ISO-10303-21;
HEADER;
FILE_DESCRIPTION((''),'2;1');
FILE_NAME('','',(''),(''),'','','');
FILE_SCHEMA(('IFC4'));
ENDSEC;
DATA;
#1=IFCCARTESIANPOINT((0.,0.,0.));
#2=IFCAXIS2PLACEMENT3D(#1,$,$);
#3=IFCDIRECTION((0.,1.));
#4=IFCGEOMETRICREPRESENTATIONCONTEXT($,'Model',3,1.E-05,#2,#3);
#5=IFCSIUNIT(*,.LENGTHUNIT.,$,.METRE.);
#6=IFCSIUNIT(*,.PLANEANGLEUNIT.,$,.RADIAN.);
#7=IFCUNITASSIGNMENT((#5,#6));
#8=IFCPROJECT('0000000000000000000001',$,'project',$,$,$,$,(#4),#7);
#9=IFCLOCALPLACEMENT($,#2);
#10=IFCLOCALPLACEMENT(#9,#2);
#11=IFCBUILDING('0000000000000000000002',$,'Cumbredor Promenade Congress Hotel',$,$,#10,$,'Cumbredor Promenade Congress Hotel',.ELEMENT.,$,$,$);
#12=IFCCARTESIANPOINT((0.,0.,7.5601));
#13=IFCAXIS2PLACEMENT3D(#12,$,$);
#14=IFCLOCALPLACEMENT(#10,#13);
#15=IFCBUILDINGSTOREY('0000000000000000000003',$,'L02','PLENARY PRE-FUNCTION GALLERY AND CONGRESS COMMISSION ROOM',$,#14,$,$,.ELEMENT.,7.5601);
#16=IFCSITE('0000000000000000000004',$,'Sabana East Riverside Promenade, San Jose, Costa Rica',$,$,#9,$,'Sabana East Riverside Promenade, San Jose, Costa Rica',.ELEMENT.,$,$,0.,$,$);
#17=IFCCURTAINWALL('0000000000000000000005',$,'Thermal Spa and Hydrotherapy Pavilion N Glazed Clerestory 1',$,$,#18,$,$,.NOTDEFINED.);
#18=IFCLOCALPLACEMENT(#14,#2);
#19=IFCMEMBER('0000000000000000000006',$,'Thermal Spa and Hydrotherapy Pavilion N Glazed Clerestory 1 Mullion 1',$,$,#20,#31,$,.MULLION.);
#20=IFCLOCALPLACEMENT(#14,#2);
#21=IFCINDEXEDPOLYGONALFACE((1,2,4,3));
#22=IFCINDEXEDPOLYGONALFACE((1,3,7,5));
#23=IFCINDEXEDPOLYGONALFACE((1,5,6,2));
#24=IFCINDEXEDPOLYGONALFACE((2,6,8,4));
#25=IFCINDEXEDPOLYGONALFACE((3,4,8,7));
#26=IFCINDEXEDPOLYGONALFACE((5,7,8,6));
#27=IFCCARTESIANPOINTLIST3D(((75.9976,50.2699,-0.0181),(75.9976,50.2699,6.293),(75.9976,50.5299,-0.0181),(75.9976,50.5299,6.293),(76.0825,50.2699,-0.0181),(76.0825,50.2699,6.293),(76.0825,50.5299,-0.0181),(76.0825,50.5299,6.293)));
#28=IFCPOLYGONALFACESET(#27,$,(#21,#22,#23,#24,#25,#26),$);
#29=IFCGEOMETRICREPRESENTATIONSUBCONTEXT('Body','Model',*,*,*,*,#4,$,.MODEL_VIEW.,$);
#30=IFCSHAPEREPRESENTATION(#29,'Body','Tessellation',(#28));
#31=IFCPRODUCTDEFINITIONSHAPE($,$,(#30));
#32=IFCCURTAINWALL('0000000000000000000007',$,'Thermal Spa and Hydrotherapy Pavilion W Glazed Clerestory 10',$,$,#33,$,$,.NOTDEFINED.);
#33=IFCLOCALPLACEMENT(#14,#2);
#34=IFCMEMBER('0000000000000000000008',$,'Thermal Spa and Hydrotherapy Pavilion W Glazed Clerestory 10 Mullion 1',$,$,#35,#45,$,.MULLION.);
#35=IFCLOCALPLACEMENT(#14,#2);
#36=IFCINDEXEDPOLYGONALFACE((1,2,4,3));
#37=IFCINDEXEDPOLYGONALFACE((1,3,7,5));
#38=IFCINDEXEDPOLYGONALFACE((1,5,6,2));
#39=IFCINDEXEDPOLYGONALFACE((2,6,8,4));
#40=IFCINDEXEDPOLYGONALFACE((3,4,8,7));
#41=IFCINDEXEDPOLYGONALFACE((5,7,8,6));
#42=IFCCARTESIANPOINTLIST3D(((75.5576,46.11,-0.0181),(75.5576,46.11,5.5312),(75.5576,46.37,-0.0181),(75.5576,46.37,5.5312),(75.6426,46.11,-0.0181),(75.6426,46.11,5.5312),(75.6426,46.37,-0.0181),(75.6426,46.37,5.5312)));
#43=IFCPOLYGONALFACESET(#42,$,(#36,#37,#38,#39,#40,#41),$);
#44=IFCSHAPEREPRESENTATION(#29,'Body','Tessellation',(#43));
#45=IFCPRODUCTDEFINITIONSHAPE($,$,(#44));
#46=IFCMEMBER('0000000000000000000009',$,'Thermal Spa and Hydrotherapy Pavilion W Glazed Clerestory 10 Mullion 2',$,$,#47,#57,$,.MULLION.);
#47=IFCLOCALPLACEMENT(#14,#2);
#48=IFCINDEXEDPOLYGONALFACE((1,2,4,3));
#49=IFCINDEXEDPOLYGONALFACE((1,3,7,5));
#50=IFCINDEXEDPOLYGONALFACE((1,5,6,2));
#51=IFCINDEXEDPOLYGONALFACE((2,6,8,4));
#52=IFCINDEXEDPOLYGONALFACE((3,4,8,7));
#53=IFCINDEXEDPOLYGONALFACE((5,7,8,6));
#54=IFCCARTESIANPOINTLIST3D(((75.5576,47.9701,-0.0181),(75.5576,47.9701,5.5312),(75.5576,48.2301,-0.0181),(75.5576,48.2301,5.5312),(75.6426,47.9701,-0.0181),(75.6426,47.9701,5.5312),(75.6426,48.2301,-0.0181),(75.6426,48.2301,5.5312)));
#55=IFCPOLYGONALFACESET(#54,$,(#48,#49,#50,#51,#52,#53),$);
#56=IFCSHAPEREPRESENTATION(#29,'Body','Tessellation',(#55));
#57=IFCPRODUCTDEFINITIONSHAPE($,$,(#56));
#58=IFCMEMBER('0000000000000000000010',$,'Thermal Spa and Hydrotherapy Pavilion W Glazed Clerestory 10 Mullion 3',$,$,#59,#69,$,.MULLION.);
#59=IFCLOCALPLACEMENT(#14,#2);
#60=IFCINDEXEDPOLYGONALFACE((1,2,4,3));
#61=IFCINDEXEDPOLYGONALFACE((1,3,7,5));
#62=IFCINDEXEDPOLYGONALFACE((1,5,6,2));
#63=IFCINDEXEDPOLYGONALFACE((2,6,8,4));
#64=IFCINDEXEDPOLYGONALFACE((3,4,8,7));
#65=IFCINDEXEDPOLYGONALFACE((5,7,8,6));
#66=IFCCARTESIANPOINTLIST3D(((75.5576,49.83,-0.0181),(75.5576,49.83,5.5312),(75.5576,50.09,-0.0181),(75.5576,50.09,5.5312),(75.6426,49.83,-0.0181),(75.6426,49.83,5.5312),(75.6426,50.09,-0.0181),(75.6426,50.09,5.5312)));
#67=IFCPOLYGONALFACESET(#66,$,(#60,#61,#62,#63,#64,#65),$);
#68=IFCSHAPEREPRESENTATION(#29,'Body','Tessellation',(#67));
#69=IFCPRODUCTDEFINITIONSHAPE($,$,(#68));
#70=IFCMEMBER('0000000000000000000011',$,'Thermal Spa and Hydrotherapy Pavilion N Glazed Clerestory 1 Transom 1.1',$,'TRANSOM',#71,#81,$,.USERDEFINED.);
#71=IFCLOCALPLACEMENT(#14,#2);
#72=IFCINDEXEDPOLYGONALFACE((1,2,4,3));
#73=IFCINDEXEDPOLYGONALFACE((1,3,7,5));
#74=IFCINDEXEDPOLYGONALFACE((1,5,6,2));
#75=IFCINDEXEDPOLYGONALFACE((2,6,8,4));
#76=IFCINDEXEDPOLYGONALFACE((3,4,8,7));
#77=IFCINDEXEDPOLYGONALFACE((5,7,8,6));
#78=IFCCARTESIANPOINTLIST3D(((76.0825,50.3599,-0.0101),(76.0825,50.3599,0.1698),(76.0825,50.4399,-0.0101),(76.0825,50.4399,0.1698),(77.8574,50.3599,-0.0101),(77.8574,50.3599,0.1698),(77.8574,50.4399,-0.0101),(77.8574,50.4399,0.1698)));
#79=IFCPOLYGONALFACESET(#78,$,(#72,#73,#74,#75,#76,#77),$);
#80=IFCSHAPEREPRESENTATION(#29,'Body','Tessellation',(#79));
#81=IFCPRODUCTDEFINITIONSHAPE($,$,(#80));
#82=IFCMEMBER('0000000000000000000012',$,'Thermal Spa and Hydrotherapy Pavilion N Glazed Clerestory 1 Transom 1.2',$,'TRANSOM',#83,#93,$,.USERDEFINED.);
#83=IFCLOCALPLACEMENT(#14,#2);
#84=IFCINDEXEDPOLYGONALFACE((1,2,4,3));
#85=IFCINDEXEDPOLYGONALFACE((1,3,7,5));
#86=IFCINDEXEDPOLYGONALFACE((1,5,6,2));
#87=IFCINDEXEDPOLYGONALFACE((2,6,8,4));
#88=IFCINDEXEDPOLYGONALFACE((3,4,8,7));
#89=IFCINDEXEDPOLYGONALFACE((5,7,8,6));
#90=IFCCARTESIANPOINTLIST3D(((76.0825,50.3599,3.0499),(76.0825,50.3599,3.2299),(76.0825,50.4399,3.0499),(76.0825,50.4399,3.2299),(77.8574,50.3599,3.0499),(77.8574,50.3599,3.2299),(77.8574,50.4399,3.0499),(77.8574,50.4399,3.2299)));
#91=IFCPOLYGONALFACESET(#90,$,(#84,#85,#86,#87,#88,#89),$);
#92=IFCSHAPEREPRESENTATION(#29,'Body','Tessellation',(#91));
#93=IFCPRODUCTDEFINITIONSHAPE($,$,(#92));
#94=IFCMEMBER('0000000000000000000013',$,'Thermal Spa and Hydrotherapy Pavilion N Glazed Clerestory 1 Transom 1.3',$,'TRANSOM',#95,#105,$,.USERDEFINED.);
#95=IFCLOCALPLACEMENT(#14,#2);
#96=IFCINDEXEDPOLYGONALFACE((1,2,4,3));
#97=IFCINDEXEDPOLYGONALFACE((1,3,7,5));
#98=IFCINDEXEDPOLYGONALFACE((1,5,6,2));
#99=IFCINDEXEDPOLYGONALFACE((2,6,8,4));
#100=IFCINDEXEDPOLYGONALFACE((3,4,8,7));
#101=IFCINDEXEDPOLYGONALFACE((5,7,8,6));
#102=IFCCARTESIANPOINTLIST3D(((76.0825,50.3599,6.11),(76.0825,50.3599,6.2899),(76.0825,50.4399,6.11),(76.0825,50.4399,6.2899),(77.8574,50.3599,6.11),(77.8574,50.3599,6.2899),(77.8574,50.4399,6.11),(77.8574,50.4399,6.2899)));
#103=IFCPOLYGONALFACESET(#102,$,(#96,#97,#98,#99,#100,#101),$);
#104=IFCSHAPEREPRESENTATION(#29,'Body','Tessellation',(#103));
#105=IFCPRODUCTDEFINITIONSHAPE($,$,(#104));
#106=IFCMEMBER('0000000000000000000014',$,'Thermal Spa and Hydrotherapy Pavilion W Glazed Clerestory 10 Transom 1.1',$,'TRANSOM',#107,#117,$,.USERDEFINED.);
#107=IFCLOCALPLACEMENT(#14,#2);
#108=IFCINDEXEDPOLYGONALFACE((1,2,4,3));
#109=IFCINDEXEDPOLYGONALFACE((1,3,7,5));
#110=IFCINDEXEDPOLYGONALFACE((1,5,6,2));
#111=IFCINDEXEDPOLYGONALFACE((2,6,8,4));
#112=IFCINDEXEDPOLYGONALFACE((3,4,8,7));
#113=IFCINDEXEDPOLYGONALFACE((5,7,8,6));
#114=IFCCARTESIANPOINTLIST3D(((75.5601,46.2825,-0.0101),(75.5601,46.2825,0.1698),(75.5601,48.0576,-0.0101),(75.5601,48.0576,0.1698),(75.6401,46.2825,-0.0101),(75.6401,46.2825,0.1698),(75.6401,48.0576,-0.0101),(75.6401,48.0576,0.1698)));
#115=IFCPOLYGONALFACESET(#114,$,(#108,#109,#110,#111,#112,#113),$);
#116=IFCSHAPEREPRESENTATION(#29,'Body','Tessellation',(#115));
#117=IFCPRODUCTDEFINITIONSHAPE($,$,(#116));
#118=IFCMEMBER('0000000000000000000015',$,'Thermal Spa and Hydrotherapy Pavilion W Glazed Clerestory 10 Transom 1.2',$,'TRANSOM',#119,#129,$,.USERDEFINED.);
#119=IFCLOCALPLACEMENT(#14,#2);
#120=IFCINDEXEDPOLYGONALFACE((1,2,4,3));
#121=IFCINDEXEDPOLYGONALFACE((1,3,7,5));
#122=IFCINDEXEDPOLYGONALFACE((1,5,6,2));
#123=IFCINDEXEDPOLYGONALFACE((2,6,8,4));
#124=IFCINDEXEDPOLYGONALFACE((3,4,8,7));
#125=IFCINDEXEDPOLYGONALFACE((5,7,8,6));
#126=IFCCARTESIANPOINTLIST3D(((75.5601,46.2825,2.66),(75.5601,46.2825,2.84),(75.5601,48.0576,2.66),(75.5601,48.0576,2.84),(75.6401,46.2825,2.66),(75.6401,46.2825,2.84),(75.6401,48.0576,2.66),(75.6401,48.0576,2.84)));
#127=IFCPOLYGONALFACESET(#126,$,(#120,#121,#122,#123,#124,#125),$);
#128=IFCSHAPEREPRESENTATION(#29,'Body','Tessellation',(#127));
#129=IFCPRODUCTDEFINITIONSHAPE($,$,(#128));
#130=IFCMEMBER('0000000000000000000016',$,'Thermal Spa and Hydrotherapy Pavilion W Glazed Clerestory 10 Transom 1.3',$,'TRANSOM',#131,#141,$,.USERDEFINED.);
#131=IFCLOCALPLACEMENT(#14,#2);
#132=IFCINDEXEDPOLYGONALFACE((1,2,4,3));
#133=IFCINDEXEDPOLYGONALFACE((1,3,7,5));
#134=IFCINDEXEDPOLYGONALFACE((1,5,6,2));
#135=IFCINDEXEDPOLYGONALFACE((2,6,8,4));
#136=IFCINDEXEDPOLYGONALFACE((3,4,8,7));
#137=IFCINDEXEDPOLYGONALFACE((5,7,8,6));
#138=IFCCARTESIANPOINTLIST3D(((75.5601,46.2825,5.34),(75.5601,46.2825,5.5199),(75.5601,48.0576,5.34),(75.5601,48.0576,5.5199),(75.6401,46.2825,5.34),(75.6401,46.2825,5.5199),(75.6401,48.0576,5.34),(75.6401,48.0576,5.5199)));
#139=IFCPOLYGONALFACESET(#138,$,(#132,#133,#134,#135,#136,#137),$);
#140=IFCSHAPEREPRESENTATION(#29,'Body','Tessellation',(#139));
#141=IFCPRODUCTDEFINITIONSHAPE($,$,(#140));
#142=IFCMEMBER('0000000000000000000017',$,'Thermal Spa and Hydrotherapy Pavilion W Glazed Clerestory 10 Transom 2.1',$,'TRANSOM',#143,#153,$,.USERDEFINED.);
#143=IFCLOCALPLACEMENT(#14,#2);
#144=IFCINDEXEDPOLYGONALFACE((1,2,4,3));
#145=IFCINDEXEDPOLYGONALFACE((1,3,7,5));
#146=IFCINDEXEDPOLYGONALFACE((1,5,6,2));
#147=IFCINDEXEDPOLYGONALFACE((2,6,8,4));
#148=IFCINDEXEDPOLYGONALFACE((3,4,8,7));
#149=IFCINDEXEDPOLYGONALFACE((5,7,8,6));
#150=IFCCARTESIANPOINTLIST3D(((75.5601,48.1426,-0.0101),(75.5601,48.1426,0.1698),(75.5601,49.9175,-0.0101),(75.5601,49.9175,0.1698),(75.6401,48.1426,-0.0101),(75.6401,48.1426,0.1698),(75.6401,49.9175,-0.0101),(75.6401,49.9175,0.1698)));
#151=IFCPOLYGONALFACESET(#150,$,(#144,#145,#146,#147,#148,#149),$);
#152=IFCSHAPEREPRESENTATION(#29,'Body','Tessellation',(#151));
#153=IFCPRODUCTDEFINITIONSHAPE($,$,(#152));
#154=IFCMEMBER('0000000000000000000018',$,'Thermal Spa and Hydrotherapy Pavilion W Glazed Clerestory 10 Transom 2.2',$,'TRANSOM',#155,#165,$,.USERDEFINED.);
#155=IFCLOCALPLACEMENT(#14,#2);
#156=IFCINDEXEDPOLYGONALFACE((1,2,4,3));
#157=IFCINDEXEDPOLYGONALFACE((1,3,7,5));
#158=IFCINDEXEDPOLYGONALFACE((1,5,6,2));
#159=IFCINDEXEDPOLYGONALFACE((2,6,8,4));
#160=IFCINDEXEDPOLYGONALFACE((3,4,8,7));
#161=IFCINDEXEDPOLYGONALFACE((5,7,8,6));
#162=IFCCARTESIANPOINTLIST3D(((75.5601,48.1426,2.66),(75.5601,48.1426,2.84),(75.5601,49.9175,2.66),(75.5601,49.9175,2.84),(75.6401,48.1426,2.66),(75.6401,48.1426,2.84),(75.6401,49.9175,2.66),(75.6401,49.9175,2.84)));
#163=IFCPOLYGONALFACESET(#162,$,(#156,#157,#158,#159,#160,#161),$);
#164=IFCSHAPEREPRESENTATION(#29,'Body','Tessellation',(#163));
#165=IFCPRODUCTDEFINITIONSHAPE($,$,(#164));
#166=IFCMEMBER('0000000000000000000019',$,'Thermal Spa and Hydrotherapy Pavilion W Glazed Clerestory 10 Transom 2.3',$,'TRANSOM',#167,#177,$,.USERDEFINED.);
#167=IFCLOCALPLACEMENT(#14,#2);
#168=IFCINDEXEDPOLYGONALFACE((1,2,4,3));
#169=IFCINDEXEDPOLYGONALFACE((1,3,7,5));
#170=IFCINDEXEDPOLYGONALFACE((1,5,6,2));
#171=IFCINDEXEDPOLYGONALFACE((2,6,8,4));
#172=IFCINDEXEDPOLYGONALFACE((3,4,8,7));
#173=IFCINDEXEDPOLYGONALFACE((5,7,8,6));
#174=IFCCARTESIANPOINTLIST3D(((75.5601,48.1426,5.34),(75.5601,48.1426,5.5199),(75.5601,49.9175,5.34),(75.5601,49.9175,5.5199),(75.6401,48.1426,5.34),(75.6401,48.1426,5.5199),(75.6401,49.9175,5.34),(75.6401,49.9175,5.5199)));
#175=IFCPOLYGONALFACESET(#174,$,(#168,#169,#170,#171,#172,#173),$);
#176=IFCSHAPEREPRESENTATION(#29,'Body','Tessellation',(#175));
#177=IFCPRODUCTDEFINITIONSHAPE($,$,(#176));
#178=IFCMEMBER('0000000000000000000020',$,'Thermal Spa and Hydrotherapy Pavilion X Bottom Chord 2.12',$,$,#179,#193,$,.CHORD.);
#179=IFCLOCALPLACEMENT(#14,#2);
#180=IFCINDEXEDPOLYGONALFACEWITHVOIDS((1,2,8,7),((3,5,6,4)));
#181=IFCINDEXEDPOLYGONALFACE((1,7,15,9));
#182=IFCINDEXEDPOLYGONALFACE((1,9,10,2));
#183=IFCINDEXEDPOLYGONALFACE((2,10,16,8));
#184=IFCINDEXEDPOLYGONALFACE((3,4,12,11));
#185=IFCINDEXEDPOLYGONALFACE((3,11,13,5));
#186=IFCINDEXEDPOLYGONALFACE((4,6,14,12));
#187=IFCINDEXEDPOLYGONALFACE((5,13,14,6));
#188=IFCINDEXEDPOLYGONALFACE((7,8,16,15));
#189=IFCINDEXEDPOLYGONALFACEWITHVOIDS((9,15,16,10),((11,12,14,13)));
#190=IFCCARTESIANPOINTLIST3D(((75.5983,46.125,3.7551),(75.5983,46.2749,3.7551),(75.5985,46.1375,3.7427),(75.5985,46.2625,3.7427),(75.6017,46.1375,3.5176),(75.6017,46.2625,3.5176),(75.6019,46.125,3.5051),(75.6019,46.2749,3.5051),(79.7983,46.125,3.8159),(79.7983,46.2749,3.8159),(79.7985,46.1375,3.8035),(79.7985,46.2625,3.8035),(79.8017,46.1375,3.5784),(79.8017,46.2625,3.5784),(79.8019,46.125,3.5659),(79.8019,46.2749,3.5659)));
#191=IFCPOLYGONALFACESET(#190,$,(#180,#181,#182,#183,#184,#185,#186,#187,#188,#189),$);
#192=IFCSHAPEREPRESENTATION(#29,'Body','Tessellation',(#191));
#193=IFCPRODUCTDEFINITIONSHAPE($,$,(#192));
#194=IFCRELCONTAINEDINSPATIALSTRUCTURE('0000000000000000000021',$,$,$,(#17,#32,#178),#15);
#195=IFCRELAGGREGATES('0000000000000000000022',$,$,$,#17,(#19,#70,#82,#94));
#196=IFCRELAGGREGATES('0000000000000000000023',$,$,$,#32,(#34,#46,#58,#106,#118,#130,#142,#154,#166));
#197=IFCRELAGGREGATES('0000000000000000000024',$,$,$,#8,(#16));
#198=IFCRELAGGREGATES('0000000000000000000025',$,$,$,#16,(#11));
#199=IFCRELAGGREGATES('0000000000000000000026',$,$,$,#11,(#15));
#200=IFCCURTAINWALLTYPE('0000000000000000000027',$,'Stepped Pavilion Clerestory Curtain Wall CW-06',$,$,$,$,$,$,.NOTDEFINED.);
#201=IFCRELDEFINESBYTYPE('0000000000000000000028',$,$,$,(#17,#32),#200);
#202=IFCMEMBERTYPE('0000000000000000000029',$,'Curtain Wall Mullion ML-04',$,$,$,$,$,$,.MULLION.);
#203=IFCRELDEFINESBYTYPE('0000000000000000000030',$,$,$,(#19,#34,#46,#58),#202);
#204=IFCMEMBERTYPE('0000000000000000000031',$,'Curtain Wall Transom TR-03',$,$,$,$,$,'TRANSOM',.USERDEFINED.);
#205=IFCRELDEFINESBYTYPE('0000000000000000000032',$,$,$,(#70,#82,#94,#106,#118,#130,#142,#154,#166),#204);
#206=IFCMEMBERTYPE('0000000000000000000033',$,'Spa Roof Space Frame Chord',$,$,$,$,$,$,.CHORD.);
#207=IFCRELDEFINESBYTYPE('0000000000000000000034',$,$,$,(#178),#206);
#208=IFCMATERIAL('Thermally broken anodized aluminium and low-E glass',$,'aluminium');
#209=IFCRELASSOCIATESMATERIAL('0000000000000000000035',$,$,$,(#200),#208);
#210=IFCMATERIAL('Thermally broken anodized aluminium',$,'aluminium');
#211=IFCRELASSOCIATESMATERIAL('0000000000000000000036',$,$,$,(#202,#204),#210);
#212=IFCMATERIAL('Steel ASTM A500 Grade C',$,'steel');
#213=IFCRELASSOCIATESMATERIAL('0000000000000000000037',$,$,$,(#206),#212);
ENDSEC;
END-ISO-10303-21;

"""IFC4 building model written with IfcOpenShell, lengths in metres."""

from ifc_helpers import new_model, si_unit, direction, frame, origin, origin_2d, place, context, subcontext, project, spatial, rectangle, hollow_rectangle, extrude, material, material_profile, profile_set, type_object, element, aggregate, save


model = new_model("IFC4")

# Units and contexts
model_context = context("Model", 3, precision=1e-05, world=origin(), true_north=direction((0.0, 1.0)))
body_context = subcontext(model_context, "Body", "Model", "MODEL_VIEW")
ifc_project = project(units=[si_unit("LENGTHUNIT", "METRE"), si_unit("PLANEANGLEUNIT", "RADIAN")], contexts=[model_context])

# Site, building, storey
site_placement = place(None, origin())
site = spatial("IfcSite", under=ifc_project, at=site_placement, Name="Sabana East Riverside Promenade, San Jose, Costa Rica", LongName="Sabana East Riverside Promenade, San Jose, Costa Rica", CompositionType="ELEMENT", RefElevation=0.0)
building_placement = place(site_placement, origin())
building = spatial("IfcBuilding", under=site, at=building_placement, Name="Cumbredor Promenade Congress Hotel", LongName="Cumbredor Promenade Congress Hotel", CompositionType="ELEMENT")
storey_placement = place(building_placement, frame((0.0, 0.0, 7.5601)))
storey = spatial("IfcBuildingStorey", under=building, at=storey_placement, Name="L02", Description="PLENARY PRE-FUNCTION GALLERY AND CONGRESS COMMISSION ROOM", CompositionType="ELEMENT", Elevation=7.5601)

# Curtain wall, member
ifc_material_1 = material(Name="Thermally broken anodized aluminium and low-E glass", Category="aluminium")
curtain_wall_type = type_object("IfcCurtainWallType", Name="Stepped Pavilion Clerestory Curtain Wall CW-06", PredefinedType="NOTDEFINED", material=ifc_material_1)
curtain_wall_1_placement = place(storey_placement, origin())
curtain_wall_1 = element("IfcCurtainWall", 1, at=curtain_wall_1_placement, inside=storey, type_object=curtain_wall_type, Name="Thermal Spa and Hydrotherapy Pavilion N Glazed Clerestory 1", PredefinedType="NOTDEFINED")
ifc_material_2 = material(Name="Thermally broken anodized aluminium", Category="aluminium")
ifc_material_profile_1 = material_profile(ifc_material_2, rectangle(XDim=0.085, YDim=0.26, at=origin_2d()), Name="ALU MULLION CLERESTORY 85x260")
ifc_profile_set_1 = profile_set([ifc_material_profile_1], Name="Thermally broken anodized aluminium")
member_type_1 = type_object("IfcMemberType", Name="Curtain Wall Mullion ML-04", PredefinedType="MULLION", material=ifc_profile_set_1)
member_1_placement = place(storey_placement, frame((76.04, 50.3999, -0.0181), z_axis=(0.0, 0.0, 1.0), x_axis=(1.0, 0.0, 0.0)))
member_1 = element("IfcMember", 2, at=member_1_placement, type_object=member_type_1, Name="Thermal Spa and Hydrotherapy Pavilion N Glazed Clerestory 1 Mullion 1", PredefinedType="MULLION", context=body_context, shape_type="SweptSolid", body=[
    extrude(rectangle(XDim=0.085, YDim=0.26, at=origin_2d()), origin(), (0.0, 0.0, 1.0), 6.311),
])

# Curtain wall, members
curtain_wall_2_placement = place(storey_placement, origin())
curtain_wall_2 = element("IfcCurtainWall", 3, at=curtain_wall_2_placement, inside=storey, type_object=curtain_wall_type, Name="Thermal Spa and Hydrotherapy Pavilion W Glazed Clerestory 10", PredefinedType="NOTDEFINED")
member_2_placement = place(storey_placement, frame((75.6001, 46.24, -0.0181), z_axis=(0.0, 0.0, 1.0), x_axis=(1.0, 0.0, 0.0)))
member_2 = element("IfcMember", 4, at=member_2_placement, type_object=member_type_1, Name="Thermal Spa and Hydrotherapy Pavilion W Glazed Clerestory 10 Mullion 1", PredefinedType="MULLION", context=body_context, shape_type="SweptSolid", body=[
    extrude(rectangle(XDim=0.085, YDim=0.26, at=origin_2d()), origin(), (0.0, 0.0, 1.0), 5.5493),
])
member_3_placement = place(storey_placement, frame((75.6001, 48.1001, -0.0181), z_axis=(0.0, 0.0, 1.0), x_axis=(1.0, 0.0, 0.0)))
member_3 = element("IfcMember", 5, at=member_3_placement, type_object=member_type_1, Name="Thermal Spa and Hydrotherapy Pavilion W Glazed Clerestory 10 Mullion 2", PredefinedType="MULLION", context=body_context, shape_type="SweptSolid", body=[
    extrude(rectangle(XDim=0.085, YDim=0.26, at=origin_2d()), origin(), (0.0, 0.0, 1.0), 5.5493),
])
member_4_placement = place(storey_placement, frame((75.6001, 49.96, -0.0181), z_axis=(0.0, 0.0, 1.0), x_axis=(1.0, 0.0, 0.0)))
member_4 = element("IfcMember", 6, at=member_4_placement, type_object=member_type_1, Name="Thermal Spa and Hydrotherapy Pavilion W Glazed Clerestory 10 Mullion 3", PredefinedType="MULLION", context=body_context, shape_type="SweptSolid", body=[
    extrude(rectangle(XDim=0.085, YDim=0.26, at=origin_2d()), origin(), (0.0, 0.0, 1.0), 5.5493),
])

# Members
ifc_material_profile_2 = material_profile(ifc_material_2, rectangle(XDim=0.0801, YDim=0.1799, at=origin_2d()), Name="ALU TRANSOM 80x180")
ifc_profile_set_2 = profile_set([ifc_material_profile_2], Name="Thermally broken anodized aluminium")
member_type_2 = type_object("IfcMemberType", Name="Curtain Wall Transom TR-03", ElementType="TRANSOM", PredefinedType="USERDEFINED", material=ifc_profile_set_2)
member_5_placement = place(storey_placement, frame((76.0825, 50.3999, 0.0798), z_axis=(1.0, 0.0, 0.0), x_axis=(0.0, 1.0, 0.0)))
member_5 = element("IfcMember", 7, at=member_5_placement, type_object=member_type_2, Name="Thermal Spa and Hydrotherapy Pavilion N Glazed Clerestory 1 Transom 1.1", ObjectType="TRANSOM", PredefinedType="USERDEFINED", context=body_context, shape_type="SweptSolid", body=[
    extrude(rectangle(XDim=0.0801, YDim=0.1799, at=origin_2d()), origin(), (0.0, 0.0, 1.0), 1.7749),
])
member_6_placement = place(storey_placement, frame((76.0825, 50.3999, 3.1399), z_axis=(1.0, 0.0, 0.0), x_axis=(0.0, 1.0, 0.0)))
member_6 = element("IfcMember", 8, at=member_6_placement, type_object=member_type_2, Name="Thermal Spa and Hydrotherapy Pavilion N Glazed Clerestory 1 Transom 1.2", ObjectType="TRANSOM", PredefinedType="USERDEFINED", context=body_context, shape_type="SweptSolid", body=[
    extrude(rectangle(XDim=0.0801, YDim=0.1799, at=origin_2d()), origin(), (0.0, 0.0, 1.0), 1.7749),
])
member_7_placement = place(storey_placement, frame((76.0825, 50.3999, 6.2), z_axis=(1.0, 0.0, 0.0), x_axis=(0.0, 1.0, 0.0)))
member_7 = element("IfcMember", 9, at=member_7_placement, type_object=member_type_2, Name="Thermal Spa and Hydrotherapy Pavilion N Glazed Clerestory 1 Transom 1.3", ObjectType="TRANSOM", PredefinedType="USERDEFINED", context=body_context, shape_type="SweptSolid", body=[
    extrude(rectangle(XDim=0.0801, YDim=0.1799, at=origin_2d()), origin(), (0.0, 0.0, 1.0), 1.7749),
])
member_8_placement = place(storey_placement, frame((75.6001, 46.2825, 0.0798), z_axis=(0.0, 1.0, 0.0), x_axis=(-1.0, 0.0, 0.0)))
member_8 = element("IfcMember", 10, at=member_8_placement, type_object=member_type_2, Name="Thermal Spa and Hydrotherapy Pavilion W Glazed Clerestory 10 Transom 1.1", ObjectType="TRANSOM", PredefinedType="USERDEFINED", context=body_context, shape_type="SweptSolid", body=[
    extrude(rectangle(XDim=0.0801, YDim=0.1799, at=origin_2d()), origin(), (0.0, 0.0, 1.0), 1.7751),
])
member_9_placement = place(storey_placement, frame((75.6001, 46.2825, 2.75), z_axis=(0.0, 1.0, 0.0), x_axis=(-1.0, 0.0, 0.0)))
member_9 = element("IfcMember", 11, at=member_9_placement, type_object=member_type_2, Name="Thermal Spa and Hydrotherapy Pavilion W Glazed Clerestory 10 Transom 1.2", ObjectType="TRANSOM", PredefinedType="USERDEFINED", context=body_context, shape_type="SweptSolid", body=[
    extrude(rectangle(XDim=0.0801, YDim=0.1799, at=origin_2d()), origin(), (0.0, 0.0, 1.0), 1.7751),
])
member_10_placement = place(storey_placement, frame((75.6001, 46.2825, 5.4299), z_axis=(0.0, 1.0, 0.0), x_axis=(-1.0, 0.0, 0.0)))
member_10 = element("IfcMember", 12, at=member_10_placement, type_object=member_type_2, Name="Thermal Spa and Hydrotherapy Pavilion W Glazed Clerestory 10 Transom 1.3", ObjectType="TRANSOM", PredefinedType="USERDEFINED", context=body_context, shape_type="SweptSolid", body=[
    extrude(rectangle(XDim=0.0801, YDim=0.1799, at=origin_2d()), origin(), (0.0, 0.0, 1.0), 1.7751),
])
member_11_placement = place(storey_placement, frame((75.6001, 48.1426, 0.0798), z_axis=(0.0, 1.0, 0.0), x_axis=(-1.0, 0.0, 0.0)))
member_11 = element("IfcMember", 13, at=member_11_placement, type_object=member_type_2, Name="Thermal Spa and Hydrotherapy Pavilion W Glazed Clerestory 10 Transom 2.1", ObjectType="TRANSOM", PredefinedType="USERDEFINED", context=body_context, shape_type="SweptSolid", body=[
    extrude(rectangle(XDim=0.0801, YDim=0.1799, at=origin_2d()), origin(), (0.0, 0.0, 1.0), 1.7749),
])
member_12_placement = place(storey_placement, frame((75.6001, 48.1426, 2.75), z_axis=(0.0, 1.0, 0.0), x_axis=(-1.0, 0.0, 0.0)))
member_12 = element("IfcMember", 14, at=member_12_placement, type_object=member_type_2, Name="Thermal Spa and Hydrotherapy Pavilion W Glazed Clerestory 10 Transom 2.2", ObjectType="TRANSOM", PredefinedType="USERDEFINED", context=body_context, shape_type="SweptSolid", body=[
    extrude(rectangle(XDim=0.0801, YDim=0.1799, at=origin_2d()), origin(), (0.0, 0.0, 1.0), 1.7749),
])
member_13_placement = place(storey_placement, frame((75.6001, 48.1426, 5.4299), z_axis=(0.0, 1.0, 0.0), x_axis=(-1.0, 0.0, 0.0)))
member_13 = element("IfcMember", 15, at=member_13_placement, type_object=member_type_2, Name="Thermal Spa and Hydrotherapy Pavilion W Glazed Clerestory 10 Transom 2.3", ObjectType="TRANSOM", PredefinedType="USERDEFINED", context=body_context, shape_type="SweptSolid", body=[
    extrude(rectangle(XDim=0.0801, YDim=0.1799, at=origin_2d()), origin(), (0.0, 0.0, 1.0), 1.7749),
])

# Member
ifc_material_3 = material(Name="Steel ASTM A500 Grade C", Category="steel")
ifc_material_profile_3 = material_profile(ifc_material_3, hollow_rectangle(XDim=0.1499, YDim=0.25, WallThickness=0.0125, at=origin_2d()), Name="HSS 250x150x12.5")
ifc_profile_set_3 = profile_set([ifc_material_profile_3], Name="Steel ASTM A500 Grade C")
member_type_3 = type_object("IfcMemberType", Name="Spa Roof Space Frame Chord", PredefinedType="CHORD", material=ifc_profile_set_3)
member_14_placement = place(storey_placement, frame((75.6001, 46.2, 3.6301), z_axis=(0.999895, 0.0, 0.014473), x_axis=(0.0, 1.0, 0.0)))
element("IfcMember", 16, at=member_14_placement, inside=storey, type_object=member_type_3, Name="Thermal Spa and Hydrotherapy Pavilion X Bottom Chord 2.12", PredefinedType="CHORD", context=body_context, shape_type="SweptSolid", body=[
    extrude(hollow_rectangle(XDim=0.1499, YDim=0.25, WallThickness=0.0125, at=origin_2d()), origin(), (0.0, 0.0, 1.0), 4.2004),
])

aggregate(curtain_wall_1, [member_1, member_5, member_6, member_7])
aggregate(curtain_wall_2, [member_2, member_3, member_4, member_8, member_9, member_10, member_11, member_12, member_13])

save(model, "model.ifc")
